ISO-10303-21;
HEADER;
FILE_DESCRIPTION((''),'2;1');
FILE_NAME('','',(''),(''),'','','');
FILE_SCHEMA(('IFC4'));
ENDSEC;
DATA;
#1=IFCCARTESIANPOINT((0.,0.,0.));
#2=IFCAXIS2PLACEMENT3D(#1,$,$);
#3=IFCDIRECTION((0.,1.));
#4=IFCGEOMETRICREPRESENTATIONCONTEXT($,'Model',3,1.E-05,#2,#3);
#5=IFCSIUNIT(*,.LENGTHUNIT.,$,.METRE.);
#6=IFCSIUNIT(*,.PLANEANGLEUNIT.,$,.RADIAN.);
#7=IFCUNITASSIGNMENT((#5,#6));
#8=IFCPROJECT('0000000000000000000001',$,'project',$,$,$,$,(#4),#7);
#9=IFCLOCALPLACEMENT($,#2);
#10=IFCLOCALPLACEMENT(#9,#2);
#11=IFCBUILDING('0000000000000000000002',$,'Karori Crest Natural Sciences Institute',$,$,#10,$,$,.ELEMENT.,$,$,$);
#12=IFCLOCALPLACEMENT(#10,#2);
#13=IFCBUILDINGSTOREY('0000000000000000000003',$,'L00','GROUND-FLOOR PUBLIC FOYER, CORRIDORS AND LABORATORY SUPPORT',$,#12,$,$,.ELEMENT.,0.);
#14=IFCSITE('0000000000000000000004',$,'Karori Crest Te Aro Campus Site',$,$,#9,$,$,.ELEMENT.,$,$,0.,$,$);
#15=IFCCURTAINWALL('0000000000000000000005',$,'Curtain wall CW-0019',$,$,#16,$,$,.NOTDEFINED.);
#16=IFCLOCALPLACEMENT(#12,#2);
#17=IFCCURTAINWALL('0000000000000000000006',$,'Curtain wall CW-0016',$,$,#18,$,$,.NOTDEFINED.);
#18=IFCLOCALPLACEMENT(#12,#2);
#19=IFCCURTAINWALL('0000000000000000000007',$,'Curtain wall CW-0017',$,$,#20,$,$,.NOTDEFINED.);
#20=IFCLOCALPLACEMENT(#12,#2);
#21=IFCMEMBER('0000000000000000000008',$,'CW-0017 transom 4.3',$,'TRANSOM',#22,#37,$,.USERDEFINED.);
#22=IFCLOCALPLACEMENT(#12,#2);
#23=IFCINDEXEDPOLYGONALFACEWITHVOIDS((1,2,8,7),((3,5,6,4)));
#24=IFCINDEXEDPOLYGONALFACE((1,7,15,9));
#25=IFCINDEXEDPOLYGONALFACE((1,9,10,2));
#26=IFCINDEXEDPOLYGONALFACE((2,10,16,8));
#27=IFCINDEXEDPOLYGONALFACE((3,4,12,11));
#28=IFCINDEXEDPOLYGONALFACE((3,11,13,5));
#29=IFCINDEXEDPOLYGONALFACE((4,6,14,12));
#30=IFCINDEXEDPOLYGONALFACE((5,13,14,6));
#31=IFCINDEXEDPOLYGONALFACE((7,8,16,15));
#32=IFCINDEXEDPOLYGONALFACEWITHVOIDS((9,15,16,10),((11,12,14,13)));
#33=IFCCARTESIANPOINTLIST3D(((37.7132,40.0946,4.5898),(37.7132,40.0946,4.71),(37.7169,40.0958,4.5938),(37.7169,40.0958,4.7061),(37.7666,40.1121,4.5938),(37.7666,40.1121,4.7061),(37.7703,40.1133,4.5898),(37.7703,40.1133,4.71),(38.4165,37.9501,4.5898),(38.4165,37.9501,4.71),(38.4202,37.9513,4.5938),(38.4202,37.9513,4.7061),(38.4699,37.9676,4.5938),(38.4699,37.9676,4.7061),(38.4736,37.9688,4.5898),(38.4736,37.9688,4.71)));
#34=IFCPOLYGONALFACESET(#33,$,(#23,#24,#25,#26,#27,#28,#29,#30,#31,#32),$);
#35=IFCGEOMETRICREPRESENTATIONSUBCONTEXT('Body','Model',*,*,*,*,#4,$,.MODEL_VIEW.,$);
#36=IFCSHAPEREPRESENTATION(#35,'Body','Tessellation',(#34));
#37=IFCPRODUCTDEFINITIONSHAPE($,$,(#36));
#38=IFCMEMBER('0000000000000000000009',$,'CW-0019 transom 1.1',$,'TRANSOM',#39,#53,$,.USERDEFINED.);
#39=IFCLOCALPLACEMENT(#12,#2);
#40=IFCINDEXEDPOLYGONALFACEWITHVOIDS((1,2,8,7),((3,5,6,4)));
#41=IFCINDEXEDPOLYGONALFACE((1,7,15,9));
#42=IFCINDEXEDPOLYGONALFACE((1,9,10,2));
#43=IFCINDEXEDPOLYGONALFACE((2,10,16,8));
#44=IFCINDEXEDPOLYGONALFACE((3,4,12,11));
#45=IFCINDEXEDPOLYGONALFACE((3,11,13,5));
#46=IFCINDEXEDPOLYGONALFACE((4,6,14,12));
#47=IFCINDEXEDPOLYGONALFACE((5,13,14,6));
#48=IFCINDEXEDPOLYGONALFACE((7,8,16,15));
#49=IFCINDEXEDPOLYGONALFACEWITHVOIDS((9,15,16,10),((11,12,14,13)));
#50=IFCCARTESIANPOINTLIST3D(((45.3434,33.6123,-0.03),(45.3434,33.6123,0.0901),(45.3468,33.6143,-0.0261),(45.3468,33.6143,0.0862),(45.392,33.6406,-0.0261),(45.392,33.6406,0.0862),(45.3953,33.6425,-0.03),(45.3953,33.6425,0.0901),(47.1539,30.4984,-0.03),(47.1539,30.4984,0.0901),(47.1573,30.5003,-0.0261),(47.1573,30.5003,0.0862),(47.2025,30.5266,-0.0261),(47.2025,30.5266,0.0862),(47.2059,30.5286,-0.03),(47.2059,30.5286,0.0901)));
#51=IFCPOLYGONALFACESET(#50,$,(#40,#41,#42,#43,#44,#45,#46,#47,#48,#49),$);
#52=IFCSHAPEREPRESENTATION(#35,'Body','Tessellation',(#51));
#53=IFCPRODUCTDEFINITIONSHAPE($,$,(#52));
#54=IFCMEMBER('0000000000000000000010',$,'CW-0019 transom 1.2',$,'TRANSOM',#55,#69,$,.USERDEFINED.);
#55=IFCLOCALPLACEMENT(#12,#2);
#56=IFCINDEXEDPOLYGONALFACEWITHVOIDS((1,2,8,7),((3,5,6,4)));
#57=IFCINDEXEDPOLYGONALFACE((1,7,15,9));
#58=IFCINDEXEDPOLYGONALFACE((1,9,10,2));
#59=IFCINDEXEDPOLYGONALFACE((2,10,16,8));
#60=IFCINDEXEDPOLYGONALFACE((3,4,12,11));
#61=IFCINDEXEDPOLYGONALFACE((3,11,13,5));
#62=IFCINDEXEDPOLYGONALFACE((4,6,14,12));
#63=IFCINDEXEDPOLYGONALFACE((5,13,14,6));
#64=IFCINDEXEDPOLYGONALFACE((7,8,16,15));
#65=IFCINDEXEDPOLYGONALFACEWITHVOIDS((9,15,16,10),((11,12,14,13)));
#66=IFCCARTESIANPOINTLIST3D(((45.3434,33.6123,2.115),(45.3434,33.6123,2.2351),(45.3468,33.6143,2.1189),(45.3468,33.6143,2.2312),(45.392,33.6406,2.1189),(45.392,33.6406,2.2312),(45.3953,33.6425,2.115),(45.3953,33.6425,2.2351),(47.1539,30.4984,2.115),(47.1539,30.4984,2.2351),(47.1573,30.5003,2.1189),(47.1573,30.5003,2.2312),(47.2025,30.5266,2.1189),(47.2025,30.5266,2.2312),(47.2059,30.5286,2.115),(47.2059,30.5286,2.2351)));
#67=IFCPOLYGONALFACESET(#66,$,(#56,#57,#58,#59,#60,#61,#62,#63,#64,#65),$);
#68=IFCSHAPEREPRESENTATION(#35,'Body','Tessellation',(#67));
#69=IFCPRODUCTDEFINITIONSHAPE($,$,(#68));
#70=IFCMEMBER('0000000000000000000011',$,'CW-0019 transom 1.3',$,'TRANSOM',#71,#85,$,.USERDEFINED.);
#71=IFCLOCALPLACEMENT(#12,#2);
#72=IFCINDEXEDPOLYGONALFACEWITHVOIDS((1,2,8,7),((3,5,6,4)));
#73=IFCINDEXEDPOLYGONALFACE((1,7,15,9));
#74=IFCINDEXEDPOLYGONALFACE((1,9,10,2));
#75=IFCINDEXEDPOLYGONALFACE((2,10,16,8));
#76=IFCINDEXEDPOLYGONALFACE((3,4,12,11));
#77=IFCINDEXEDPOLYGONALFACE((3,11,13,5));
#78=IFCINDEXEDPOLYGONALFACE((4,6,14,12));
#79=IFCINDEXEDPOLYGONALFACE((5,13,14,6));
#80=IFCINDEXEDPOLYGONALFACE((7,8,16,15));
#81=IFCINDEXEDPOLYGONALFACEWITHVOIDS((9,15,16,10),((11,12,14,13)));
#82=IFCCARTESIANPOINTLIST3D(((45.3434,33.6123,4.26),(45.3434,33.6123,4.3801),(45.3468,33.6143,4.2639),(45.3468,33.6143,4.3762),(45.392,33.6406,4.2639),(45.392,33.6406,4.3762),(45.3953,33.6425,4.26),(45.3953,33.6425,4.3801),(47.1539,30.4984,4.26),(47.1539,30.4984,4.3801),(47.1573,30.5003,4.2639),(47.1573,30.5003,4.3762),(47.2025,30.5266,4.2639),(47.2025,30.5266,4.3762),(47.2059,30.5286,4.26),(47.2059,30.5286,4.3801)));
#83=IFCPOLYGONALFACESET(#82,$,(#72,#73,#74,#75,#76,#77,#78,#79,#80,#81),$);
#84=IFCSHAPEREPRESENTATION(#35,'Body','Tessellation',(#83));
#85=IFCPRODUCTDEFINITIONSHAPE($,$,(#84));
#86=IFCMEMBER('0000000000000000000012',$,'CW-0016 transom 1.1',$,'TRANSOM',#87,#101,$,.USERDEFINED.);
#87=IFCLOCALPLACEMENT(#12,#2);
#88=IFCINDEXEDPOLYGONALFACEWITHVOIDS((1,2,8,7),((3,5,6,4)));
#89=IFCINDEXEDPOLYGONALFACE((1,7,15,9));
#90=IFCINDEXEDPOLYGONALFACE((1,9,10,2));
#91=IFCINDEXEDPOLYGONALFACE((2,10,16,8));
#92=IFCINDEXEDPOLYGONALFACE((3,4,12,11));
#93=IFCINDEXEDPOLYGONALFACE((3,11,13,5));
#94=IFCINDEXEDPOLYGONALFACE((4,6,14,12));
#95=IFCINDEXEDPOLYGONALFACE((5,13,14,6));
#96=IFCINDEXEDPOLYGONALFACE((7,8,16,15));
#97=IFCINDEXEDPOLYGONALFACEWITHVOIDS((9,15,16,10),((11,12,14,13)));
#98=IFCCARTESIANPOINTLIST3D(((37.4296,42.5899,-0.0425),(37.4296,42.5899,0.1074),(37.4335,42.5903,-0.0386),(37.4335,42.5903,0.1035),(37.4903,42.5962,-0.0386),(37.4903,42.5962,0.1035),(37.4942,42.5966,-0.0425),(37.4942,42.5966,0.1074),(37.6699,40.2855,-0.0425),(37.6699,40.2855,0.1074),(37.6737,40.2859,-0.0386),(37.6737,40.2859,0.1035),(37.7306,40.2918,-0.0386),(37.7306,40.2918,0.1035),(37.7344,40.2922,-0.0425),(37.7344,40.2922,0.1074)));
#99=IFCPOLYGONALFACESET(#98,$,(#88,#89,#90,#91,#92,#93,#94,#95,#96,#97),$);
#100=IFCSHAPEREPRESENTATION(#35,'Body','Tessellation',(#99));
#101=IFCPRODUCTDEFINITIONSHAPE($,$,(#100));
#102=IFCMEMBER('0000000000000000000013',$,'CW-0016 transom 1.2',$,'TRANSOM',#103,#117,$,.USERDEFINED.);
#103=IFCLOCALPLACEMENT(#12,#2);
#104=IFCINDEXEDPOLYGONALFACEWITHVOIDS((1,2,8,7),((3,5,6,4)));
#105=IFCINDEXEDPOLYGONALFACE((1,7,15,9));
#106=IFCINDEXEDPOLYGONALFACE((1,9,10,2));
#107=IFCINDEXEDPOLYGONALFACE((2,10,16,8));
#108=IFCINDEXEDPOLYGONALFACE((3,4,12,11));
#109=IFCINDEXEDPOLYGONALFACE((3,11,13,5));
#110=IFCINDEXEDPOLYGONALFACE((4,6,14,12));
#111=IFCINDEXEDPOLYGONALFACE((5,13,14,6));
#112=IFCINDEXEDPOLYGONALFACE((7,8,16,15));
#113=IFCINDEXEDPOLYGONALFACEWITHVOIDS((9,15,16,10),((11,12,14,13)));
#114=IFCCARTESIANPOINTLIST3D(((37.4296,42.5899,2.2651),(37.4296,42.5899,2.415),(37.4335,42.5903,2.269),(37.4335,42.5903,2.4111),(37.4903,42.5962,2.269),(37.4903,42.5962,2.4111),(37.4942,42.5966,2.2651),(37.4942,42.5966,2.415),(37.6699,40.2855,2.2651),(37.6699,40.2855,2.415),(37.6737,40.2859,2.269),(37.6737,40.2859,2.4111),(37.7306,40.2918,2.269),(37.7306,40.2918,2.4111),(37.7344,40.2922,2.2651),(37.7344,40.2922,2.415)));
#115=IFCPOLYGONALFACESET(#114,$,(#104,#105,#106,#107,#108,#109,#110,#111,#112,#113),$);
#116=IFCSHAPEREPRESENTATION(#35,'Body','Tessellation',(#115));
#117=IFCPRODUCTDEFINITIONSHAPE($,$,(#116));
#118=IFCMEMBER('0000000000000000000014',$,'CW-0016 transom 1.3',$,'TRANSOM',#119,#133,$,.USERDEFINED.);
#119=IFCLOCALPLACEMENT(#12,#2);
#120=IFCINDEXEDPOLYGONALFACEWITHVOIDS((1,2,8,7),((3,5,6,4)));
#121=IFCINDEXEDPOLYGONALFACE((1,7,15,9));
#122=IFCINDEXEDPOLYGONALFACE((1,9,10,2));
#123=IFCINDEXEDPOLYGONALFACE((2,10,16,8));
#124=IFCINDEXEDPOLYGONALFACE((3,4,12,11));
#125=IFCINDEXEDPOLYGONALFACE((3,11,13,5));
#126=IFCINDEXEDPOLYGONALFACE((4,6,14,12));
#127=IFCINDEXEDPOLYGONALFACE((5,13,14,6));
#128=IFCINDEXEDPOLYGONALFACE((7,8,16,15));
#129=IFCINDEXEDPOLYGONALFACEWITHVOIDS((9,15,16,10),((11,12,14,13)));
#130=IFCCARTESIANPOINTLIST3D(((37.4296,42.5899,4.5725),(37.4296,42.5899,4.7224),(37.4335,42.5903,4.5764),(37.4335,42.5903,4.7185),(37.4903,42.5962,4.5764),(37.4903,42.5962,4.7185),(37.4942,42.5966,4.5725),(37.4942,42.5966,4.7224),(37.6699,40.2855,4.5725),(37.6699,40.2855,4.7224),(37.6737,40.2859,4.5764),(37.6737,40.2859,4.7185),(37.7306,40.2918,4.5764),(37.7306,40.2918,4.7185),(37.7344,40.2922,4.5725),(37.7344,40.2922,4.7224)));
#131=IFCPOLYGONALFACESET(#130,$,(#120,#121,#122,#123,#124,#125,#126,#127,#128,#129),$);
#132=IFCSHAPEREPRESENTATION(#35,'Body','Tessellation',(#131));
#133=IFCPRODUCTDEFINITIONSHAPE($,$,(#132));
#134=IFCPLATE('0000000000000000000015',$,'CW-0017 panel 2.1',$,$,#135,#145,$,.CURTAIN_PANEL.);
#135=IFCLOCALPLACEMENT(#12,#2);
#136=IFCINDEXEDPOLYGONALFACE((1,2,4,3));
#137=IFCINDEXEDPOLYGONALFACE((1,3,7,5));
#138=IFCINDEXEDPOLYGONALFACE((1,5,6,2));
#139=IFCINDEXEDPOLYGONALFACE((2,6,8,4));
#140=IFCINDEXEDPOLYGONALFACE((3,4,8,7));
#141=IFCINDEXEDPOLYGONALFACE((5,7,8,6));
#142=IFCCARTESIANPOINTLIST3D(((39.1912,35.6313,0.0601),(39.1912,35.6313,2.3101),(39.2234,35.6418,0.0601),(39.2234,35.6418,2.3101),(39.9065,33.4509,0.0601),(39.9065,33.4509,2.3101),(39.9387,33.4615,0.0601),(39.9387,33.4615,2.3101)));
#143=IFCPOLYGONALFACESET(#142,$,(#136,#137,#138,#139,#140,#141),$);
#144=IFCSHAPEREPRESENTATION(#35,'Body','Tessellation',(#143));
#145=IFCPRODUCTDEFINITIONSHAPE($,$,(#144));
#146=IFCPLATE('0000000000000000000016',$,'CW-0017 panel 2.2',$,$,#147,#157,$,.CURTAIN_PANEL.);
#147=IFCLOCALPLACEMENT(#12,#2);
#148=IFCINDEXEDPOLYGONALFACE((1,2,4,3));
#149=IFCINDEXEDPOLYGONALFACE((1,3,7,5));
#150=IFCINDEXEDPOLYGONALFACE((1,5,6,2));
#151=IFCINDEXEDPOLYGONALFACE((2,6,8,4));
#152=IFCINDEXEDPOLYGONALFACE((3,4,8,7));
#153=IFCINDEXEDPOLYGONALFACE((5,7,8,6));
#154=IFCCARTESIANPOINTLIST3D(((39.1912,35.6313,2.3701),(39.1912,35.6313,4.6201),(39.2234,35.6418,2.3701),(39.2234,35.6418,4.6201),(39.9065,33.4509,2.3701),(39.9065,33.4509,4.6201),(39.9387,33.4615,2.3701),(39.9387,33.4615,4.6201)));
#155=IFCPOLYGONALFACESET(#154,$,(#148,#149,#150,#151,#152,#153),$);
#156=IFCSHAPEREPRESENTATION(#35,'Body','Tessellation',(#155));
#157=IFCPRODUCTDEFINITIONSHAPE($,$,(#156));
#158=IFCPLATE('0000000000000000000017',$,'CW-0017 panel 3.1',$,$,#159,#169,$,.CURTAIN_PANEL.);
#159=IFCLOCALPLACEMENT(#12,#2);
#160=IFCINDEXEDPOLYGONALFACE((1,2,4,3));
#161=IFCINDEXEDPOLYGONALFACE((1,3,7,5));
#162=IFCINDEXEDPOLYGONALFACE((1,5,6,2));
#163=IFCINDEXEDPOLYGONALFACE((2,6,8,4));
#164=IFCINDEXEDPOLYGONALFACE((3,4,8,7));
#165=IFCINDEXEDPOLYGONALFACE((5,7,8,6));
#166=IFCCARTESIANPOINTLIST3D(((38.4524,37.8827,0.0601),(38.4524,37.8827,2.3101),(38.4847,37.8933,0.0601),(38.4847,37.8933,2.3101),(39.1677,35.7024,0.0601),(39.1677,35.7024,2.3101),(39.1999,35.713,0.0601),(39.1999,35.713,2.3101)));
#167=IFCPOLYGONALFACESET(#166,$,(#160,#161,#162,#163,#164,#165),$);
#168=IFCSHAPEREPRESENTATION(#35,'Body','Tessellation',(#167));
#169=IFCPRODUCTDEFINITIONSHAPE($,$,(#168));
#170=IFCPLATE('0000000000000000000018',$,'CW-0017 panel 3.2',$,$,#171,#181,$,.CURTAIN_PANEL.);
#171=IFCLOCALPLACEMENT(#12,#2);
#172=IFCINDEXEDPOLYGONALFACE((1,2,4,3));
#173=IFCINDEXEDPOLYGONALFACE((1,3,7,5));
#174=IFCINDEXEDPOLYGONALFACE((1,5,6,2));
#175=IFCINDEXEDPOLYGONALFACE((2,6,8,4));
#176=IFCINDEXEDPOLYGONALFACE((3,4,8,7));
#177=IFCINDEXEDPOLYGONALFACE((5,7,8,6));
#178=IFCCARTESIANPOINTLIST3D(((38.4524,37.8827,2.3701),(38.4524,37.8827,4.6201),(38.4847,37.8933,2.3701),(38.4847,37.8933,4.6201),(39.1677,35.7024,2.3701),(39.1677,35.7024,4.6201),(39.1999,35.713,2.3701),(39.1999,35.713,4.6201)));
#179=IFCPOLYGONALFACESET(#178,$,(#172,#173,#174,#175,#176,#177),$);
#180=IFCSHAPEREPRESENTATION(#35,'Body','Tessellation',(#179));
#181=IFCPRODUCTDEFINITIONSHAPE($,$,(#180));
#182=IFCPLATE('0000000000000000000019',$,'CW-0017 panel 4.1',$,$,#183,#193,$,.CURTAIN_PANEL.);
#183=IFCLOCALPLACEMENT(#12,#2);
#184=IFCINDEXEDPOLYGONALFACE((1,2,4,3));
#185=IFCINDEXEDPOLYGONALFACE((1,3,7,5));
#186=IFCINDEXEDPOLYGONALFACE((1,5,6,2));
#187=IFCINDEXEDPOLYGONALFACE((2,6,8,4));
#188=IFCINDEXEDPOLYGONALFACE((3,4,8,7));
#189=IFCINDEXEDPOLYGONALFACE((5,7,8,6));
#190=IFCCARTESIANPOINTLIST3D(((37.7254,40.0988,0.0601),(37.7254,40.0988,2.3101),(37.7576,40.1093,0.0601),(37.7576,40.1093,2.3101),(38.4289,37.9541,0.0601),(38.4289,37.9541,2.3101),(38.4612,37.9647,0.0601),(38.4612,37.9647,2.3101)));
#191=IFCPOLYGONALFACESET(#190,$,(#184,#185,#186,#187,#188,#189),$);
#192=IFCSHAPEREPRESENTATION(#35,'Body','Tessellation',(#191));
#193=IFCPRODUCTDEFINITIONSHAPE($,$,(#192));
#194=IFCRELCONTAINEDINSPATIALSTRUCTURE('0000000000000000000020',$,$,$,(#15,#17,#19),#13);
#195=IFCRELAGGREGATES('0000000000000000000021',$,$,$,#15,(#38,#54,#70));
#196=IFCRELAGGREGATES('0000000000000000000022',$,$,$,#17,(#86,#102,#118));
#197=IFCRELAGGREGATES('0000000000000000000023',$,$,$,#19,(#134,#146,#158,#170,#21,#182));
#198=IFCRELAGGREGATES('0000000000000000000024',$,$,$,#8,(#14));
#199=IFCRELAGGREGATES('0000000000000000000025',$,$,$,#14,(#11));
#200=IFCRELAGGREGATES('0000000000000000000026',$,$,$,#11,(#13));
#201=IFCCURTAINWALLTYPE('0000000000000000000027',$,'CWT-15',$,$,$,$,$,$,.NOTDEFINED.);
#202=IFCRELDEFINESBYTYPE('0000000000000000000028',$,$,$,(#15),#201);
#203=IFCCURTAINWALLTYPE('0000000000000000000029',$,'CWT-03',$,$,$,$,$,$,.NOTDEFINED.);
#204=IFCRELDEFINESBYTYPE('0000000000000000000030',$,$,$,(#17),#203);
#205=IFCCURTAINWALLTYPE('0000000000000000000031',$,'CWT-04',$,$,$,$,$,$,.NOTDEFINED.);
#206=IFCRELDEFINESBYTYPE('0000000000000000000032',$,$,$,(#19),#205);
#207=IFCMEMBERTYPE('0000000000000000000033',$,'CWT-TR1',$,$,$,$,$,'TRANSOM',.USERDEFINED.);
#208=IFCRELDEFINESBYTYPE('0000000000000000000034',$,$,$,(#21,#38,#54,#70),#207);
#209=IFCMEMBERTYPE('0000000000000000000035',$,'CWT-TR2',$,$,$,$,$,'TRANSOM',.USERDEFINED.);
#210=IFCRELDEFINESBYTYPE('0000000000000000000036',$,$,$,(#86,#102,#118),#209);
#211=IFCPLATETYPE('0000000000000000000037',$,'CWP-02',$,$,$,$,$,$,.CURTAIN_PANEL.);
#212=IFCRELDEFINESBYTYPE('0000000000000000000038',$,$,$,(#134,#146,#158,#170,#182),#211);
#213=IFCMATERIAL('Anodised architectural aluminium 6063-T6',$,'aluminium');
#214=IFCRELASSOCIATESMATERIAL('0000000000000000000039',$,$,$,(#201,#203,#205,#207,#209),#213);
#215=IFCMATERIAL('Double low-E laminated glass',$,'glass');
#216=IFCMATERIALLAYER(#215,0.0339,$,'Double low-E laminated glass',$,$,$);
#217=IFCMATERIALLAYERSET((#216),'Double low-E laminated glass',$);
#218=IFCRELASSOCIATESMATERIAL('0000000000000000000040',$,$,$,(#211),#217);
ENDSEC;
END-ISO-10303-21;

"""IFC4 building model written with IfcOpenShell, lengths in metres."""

from ifc_helpers import new_model, si_unit, direction, frame, origin, origin_2d, place, context, subcontext, project, spatial, rectangle, hollow_rectangle, extrude, material, layer, layer_set, material_profile, profile_set, type_object, element, aggregate, save


model = new_model("IFC4")

# Units and contexts
model_context = context("Model", 3, precision=1e-05, world=origin(), true_north=direction((0.0, 1.0)))
body_context = subcontext(model_context, "Body", "Model", "MODEL_VIEW")
ifc_project = project(units=[si_unit("LENGTHUNIT", "METRE"), si_unit("PLANEANGLEUNIT", "RADIAN")], contexts=[model_context])

# Site, building, storey
site_placement = place(None, origin())
site = spatial("IfcSite", under=ifc_project, at=site_placement, Name="Karori Crest Te Aro Campus Site", CompositionType="ELEMENT", RefElevation=0.0)
building_placement = place(site_placement, origin())
building = spatial("IfcBuilding", under=site, at=building_placement, Name="Karori Crest Natural Sciences Institute", CompositionType="ELEMENT")
storey_placement = place(building_placement, origin())
storey = spatial("IfcBuildingStorey", under=building, at=storey_placement, Name="L00", Description="GROUND-FLOOR PUBLIC FOYER, CORRIDORS AND LABORATORY SUPPORT", CompositionType="ELEMENT", Elevation=0.0)

# Curtain walls
ifc_material_1 = material(Name="Anodised architectural aluminium 6063-T6", Category="aluminium")
curtain_wall_type_1 = type_object("IfcCurtainWallType", Name="CWT-15", PredefinedType="NOTDEFINED", material=ifc_material_1)
curtain_wall_1_placement = place(storey_placement, origin())
curtain_wall_1 = element("IfcCurtainWall", 1, at=curtain_wall_1_placement, inside=storey, type_object=curtain_wall_type_1, Name="Curtain wall CW-0019", PredefinedType="NOTDEFINED")
curtain_wall_type_2 = type_object("IfcCurtainWallType", Name="CWT-03", PredefinedType="NOTDEFINED", material=ifc_material_1)
curtain_wall_2_placement = place(storey_placement, origin())
curtain_wall_2 = element("IfcCurtainWall", 2, at=curtain_wall_2_placement, inside=storey, type_object=curtain_wall_type_2, Name="Curtain wall CW-0016", PredefinedType="NOTDEFINED")

# Curtain wall, member
curtain_wall_type_3 = type_object("IfcCurtainWallType", Name="CWT-04", PredefinedType="NOTDEFINED", material=ifc_material_1)
curtain_wall_3_placement = place(storey_placement, origin())
curtain_wall_3 = element("IfcCurtainWall", 3, at=curtain_wall_3_placement, inside=storey, type_object=curtain_wall_type_3, Name="Curtain wall CW-0017", PredefinedType="NOTDEFINED")
ifc_material_profile_1 = material_profile(ifc_material_1, hollow_rectangle(XDim=0.0601, YDim=0.1201, WallThickness=0.0039, at=origin_2d()), Name="CWT120x60x4")
ifc_profile_set_1 = profile_set([ifc_material_profile_1], Name="Anodised architectural aluminium 6063-T6")
member_type_1 = type_object("IfcMemberType", Name="CWT-TR1", ElementType="TRANSOM", PredefinedType="USERDEFINED", material=ifc_profile_set_1)
member_1_placement = place(storey_placement, frame((38.4451, 37.9595, 4.6499), z_axis=(-0.311648, 0.950198, 0.0), x_axis=(-0.950198, -0.311648, 0.0)))
member_1 = element("IfcMember", 4, at=member_1_placement, type_object=member_type_1, Name="CW-0017 transom 4.3", ObjectType="TRANSOM", PredefinedType="USERDEFINED", context=body_context, shape_type="SweptSolid", body=[
    extrude(hollow_rectangle(XDim=0.0601, YDim=0.1201, WallThickness=0.0039, at=origin_2d()), origin(), (0.0, 0.0, 1.0), 2.2568),
])

# Members
member_2_placement = place(storey_placement, frame((45.3694, 33.6274, 0.03), z_axis=(0.502636, -0.864498, 0.0), x_axis=(0.864498, 0.502636, 0.0)))
member_2 = element("IfcMember", 5, at=member_2_placement, type_object=member_type_1, Name="CW-0019 transom 1.1", ObjectType="TRANSOM", PredefinedType="USERDEFINED", context=body_context, shape_type="SweptSolid", body=[
    extrude(hollow_rectangle(XDim=0.0601, YDim=0.1201, WallThickness=0.0039, at=origin_2d()), origin(), (0.0, 0.0, 1.0), 3.6021),
])
member_3_placement = place(storey_placement, frame((45.3694, 33.6274, 2.175), z_axis=(0.502636, -0.864498, 0.0), x_axis=(0.864498, 0.502636, 0.0)))
member_3 = element("IfcMember", 6, at=member_3_placement, type_object=member_type_1, Name="CW-0019 transom 1.2", ObjectType="TRANSOM", PredefinedType="USERDEFINED", context=body_context, shape_type="SweptSolid", body=[
    extrude(hollow_rectangle(XDim=0.0601, YDim=0.1201, WallThickness=0.0039, at=origin_2d()), origin(), (0.0, 0.0, 1.0), 3.6021),
])
member_4_placement = place(storey_placement, frame((45.3694, 33.6274, 4.3201), z_axis=(0.502636, -0.864498, 0.0), x_axis=(0.864498, 0.502636, 0.0)))
member_4 = element("IfcMember", 7, at=member_4_placement, type_object=member_type_1, Name="CW-0019 transom 1.3", ObjectType="TRANSOM", PredefinedType="USERDEFINED", context=body_context, shape_type="SweptSolid", body=[
    extrude(hollow_rectangle(XDim=0.0601, YDim=0.1201, WallThickness=0.0039, at=origin_2d()), origin(), (0.0, 0.0, 1.0), 3.6021),
])
aggregate(curtain_wall_1, [member_2, member_3, member_4])
ifc_material_profile_2 = material_profile(ifc_material_1, hollow_rectangle(XDim=0.0649, YDim=0.1499, WallThickness=0.0039, at=origin_2d()), Name="CWT150x65x4")
ifc_profile_set_2 = profile_set([ifc_material_profile_2], Name="Anodised architectural aluminium 6063-T6")
member_type_2 = type_object("IfcMemberType", Name="CWT-TR2", ElementType="TRANSOM", PredefinedType="USERDEFINED", material=ifc_profile_set_2)
member_5_placement = place(storey_placement, frame((37.7021, 40.2888, 0.0325), z_axis=(-0.103686, 0.99461, 0.0), x_axis=(-0.99461, -0.103686, 0.0)))
member_5 = element("IfcMember", 8, at=member_5_placement, type_object=member_type_2, Name="CW-0016 transom 1.1", ObjectType="TRANSOM", PredefinedType="USERDEFINED", context=body_context, shape_type="SweptSolid", body=[
    extrude(hollow_rectangle(XDim=0.0649, YDim=0.1499, WallThickness=0.0039, at=origin_2d()), origin(), (0.0, 0.0, 1.0), 2.3169),
])
member_6_placement = place(storey_placement, frame((37.7021, 40.2888, 2.3401), z_axis=(-0.103686, 0.99461, 0.0), x_axis=(-0.99461, -0.103686, 0.0)))
member_6 = element("IfcMember", 9, at=member_6_placement, type_object=member_type_2, Name="CW-0016 transom 1.2", ObjectType="TRANSOM", PredefinedType="USERDEFINED", context=body_context, shape_type="SweptSolid", body=[
    extrude(hollow_rectangle(XDim=0.0649, YDim=0.1499, WallThickness=0.0039, at=origin_2d()), origin(), (0.0, 0.0, 1.0), 2.3169),
])
member_7_placement = place(storey_placement, frame((37.7021, 40.2888, 4.6475), z_axis=(-0.103686, 0.99461, 0.0), x_axis=(-0.99461, -0.103686, 0.0)))
member_7 = element("IfcMember", 10, at=member_7_placement, type_object=member_type_2, Name="CW-0016 transom 1.3", ObjectType="TRANSOM", PredefinedType="USERDEFINED", context=body_context, shape_type="SweptSolid", body=[
    extrude(hollow_rectangle(XDim=0.0649, YDim=0.1499, WallThickness=0.0039, at=origin_2d()), origin(), (0.0, 0.0, 1.0), 2.3169),
])
aggregate(curtain_wall_2, [member_5, member_6, member_7])

# Plates
ifc_material_2 = material(Name="Double low-E laminated glass", Category="glass")
ifc_layer_1 = layer(ifc_material_2, 0.0339, Name="Double low-E laminated glass")
ifc_layer_set_1 = layer_set([ifc_layer_1], Name="Double low-E laminated glass")
plate_type = type_object("IfcPlateType", Name="CWP-02", PredefinedType="CURTAIN_PANEL", material=ifc_layer_set_1)
plate_1_placement = place(storey_placement, frame((39.5649, 34.5464, 0.0601), z_axis=(0.0, 0.0, 1.0), x_axis=(-0.311714, 0.950176, 0.0)))
plate_1 = element("IfcPlate", 11, at=plate_1_placement, type_object=plate_type, Name="CW-0017 panel 2.1", PredefinedType="CURTAIN_PANEL", context=body_context, shape_type="SweptSolid", body=[
    extrude(rectangle(XDim=2.2947, YDim=0.0339, at=origin_2d()), origin(), (0.0, 0.0, 1.0), 2.25),
])
plate_2_placement = place(storey_placement, frame((39.5649, 34.5464, 2.3701), z_axis=(0.0, 0.0, 1.0), x_axis=(-0.311714, 0.950176, 0.0)))
plate_2 = element("IfcPlate", 12, at=plate_2_placement, type_object=plate_type, Name="CW-0017 panel 2.2", PredefinedType="CURTAIN_PANEL", context=body_context, shape_type="SweptSolid", body=[
    extrude(rectangle(XDim=2.2947, YDim=0.0339, at=origin_2d()), origin(), (0.0, 0.0, 1.0), 2.25),
])
plate_3_placement = place(storey_placement, frame((38.8262, 36.7979, 0.0601), z_axis=(0.0, 0.0, 1.0), x_axis=(-0.311714, 0.950176, 0.0)))
plate_3 = element("IfcPlate", 13, at=plate_3_placement, type_object=plate_type, Name="CW-0017 panel 3.1", PredefinedType="CURTAIN_PANEL", context=body_context, shape_type="SweptSolid", body=[
    extrude(rectangle(XDim=2.2947, YDim=0.0339, at=origin_2d()), origin(), (0.0, 0.0, 1.0), 2.25),
])
plate_4_placement = place(storey_placement, frame((38.8262, 36.7979, 2.3701), z_axis=(0.0, 0.0, 1.0), x_axis=(-0.311714, 0.950176, 0.0)))
plate_4 = element("IfcPlate", 14, at=plate_4_placement, type_object=plate_type, Name="CW-0017 panel 3.2", PredefinedType="CURTAIN_PANEL", context=body_context, shape_type="SweptSolid", body=[
    extrude(rectangle(XDim=2.2947, YDim=0.0339, at=origin_2d()), origin(), (0.0, 0.0, 1.0), 2.25),
])
plate_5_placement = place(storey_placement, frame((38.0933, 39.0317, 0.0601), z_axis=(0.0, 0.0, 1.0), x_axis=(-0.311714, 0.950176, 0.0)))
plate_5 = element("IfcPlate", 15, at=plate_5_placement, type_object=plate_type, Name="CW-0017 panel 4.1", PredefinedType="CURTAIN_PANEL", context=body_context, shape_type="SweptSolid", body=[
    extrude(rectangle(XDim=2.2571, YDim=0.0339, at=origin_2d()), origin(), (0.0, 0.0, 1.0), 2.25),
])
aggregate(curtain_wall_3, [plate_1, plate_2, plate_3, plate_4, member_1, plate_5])

save(model, "model.ifc")
